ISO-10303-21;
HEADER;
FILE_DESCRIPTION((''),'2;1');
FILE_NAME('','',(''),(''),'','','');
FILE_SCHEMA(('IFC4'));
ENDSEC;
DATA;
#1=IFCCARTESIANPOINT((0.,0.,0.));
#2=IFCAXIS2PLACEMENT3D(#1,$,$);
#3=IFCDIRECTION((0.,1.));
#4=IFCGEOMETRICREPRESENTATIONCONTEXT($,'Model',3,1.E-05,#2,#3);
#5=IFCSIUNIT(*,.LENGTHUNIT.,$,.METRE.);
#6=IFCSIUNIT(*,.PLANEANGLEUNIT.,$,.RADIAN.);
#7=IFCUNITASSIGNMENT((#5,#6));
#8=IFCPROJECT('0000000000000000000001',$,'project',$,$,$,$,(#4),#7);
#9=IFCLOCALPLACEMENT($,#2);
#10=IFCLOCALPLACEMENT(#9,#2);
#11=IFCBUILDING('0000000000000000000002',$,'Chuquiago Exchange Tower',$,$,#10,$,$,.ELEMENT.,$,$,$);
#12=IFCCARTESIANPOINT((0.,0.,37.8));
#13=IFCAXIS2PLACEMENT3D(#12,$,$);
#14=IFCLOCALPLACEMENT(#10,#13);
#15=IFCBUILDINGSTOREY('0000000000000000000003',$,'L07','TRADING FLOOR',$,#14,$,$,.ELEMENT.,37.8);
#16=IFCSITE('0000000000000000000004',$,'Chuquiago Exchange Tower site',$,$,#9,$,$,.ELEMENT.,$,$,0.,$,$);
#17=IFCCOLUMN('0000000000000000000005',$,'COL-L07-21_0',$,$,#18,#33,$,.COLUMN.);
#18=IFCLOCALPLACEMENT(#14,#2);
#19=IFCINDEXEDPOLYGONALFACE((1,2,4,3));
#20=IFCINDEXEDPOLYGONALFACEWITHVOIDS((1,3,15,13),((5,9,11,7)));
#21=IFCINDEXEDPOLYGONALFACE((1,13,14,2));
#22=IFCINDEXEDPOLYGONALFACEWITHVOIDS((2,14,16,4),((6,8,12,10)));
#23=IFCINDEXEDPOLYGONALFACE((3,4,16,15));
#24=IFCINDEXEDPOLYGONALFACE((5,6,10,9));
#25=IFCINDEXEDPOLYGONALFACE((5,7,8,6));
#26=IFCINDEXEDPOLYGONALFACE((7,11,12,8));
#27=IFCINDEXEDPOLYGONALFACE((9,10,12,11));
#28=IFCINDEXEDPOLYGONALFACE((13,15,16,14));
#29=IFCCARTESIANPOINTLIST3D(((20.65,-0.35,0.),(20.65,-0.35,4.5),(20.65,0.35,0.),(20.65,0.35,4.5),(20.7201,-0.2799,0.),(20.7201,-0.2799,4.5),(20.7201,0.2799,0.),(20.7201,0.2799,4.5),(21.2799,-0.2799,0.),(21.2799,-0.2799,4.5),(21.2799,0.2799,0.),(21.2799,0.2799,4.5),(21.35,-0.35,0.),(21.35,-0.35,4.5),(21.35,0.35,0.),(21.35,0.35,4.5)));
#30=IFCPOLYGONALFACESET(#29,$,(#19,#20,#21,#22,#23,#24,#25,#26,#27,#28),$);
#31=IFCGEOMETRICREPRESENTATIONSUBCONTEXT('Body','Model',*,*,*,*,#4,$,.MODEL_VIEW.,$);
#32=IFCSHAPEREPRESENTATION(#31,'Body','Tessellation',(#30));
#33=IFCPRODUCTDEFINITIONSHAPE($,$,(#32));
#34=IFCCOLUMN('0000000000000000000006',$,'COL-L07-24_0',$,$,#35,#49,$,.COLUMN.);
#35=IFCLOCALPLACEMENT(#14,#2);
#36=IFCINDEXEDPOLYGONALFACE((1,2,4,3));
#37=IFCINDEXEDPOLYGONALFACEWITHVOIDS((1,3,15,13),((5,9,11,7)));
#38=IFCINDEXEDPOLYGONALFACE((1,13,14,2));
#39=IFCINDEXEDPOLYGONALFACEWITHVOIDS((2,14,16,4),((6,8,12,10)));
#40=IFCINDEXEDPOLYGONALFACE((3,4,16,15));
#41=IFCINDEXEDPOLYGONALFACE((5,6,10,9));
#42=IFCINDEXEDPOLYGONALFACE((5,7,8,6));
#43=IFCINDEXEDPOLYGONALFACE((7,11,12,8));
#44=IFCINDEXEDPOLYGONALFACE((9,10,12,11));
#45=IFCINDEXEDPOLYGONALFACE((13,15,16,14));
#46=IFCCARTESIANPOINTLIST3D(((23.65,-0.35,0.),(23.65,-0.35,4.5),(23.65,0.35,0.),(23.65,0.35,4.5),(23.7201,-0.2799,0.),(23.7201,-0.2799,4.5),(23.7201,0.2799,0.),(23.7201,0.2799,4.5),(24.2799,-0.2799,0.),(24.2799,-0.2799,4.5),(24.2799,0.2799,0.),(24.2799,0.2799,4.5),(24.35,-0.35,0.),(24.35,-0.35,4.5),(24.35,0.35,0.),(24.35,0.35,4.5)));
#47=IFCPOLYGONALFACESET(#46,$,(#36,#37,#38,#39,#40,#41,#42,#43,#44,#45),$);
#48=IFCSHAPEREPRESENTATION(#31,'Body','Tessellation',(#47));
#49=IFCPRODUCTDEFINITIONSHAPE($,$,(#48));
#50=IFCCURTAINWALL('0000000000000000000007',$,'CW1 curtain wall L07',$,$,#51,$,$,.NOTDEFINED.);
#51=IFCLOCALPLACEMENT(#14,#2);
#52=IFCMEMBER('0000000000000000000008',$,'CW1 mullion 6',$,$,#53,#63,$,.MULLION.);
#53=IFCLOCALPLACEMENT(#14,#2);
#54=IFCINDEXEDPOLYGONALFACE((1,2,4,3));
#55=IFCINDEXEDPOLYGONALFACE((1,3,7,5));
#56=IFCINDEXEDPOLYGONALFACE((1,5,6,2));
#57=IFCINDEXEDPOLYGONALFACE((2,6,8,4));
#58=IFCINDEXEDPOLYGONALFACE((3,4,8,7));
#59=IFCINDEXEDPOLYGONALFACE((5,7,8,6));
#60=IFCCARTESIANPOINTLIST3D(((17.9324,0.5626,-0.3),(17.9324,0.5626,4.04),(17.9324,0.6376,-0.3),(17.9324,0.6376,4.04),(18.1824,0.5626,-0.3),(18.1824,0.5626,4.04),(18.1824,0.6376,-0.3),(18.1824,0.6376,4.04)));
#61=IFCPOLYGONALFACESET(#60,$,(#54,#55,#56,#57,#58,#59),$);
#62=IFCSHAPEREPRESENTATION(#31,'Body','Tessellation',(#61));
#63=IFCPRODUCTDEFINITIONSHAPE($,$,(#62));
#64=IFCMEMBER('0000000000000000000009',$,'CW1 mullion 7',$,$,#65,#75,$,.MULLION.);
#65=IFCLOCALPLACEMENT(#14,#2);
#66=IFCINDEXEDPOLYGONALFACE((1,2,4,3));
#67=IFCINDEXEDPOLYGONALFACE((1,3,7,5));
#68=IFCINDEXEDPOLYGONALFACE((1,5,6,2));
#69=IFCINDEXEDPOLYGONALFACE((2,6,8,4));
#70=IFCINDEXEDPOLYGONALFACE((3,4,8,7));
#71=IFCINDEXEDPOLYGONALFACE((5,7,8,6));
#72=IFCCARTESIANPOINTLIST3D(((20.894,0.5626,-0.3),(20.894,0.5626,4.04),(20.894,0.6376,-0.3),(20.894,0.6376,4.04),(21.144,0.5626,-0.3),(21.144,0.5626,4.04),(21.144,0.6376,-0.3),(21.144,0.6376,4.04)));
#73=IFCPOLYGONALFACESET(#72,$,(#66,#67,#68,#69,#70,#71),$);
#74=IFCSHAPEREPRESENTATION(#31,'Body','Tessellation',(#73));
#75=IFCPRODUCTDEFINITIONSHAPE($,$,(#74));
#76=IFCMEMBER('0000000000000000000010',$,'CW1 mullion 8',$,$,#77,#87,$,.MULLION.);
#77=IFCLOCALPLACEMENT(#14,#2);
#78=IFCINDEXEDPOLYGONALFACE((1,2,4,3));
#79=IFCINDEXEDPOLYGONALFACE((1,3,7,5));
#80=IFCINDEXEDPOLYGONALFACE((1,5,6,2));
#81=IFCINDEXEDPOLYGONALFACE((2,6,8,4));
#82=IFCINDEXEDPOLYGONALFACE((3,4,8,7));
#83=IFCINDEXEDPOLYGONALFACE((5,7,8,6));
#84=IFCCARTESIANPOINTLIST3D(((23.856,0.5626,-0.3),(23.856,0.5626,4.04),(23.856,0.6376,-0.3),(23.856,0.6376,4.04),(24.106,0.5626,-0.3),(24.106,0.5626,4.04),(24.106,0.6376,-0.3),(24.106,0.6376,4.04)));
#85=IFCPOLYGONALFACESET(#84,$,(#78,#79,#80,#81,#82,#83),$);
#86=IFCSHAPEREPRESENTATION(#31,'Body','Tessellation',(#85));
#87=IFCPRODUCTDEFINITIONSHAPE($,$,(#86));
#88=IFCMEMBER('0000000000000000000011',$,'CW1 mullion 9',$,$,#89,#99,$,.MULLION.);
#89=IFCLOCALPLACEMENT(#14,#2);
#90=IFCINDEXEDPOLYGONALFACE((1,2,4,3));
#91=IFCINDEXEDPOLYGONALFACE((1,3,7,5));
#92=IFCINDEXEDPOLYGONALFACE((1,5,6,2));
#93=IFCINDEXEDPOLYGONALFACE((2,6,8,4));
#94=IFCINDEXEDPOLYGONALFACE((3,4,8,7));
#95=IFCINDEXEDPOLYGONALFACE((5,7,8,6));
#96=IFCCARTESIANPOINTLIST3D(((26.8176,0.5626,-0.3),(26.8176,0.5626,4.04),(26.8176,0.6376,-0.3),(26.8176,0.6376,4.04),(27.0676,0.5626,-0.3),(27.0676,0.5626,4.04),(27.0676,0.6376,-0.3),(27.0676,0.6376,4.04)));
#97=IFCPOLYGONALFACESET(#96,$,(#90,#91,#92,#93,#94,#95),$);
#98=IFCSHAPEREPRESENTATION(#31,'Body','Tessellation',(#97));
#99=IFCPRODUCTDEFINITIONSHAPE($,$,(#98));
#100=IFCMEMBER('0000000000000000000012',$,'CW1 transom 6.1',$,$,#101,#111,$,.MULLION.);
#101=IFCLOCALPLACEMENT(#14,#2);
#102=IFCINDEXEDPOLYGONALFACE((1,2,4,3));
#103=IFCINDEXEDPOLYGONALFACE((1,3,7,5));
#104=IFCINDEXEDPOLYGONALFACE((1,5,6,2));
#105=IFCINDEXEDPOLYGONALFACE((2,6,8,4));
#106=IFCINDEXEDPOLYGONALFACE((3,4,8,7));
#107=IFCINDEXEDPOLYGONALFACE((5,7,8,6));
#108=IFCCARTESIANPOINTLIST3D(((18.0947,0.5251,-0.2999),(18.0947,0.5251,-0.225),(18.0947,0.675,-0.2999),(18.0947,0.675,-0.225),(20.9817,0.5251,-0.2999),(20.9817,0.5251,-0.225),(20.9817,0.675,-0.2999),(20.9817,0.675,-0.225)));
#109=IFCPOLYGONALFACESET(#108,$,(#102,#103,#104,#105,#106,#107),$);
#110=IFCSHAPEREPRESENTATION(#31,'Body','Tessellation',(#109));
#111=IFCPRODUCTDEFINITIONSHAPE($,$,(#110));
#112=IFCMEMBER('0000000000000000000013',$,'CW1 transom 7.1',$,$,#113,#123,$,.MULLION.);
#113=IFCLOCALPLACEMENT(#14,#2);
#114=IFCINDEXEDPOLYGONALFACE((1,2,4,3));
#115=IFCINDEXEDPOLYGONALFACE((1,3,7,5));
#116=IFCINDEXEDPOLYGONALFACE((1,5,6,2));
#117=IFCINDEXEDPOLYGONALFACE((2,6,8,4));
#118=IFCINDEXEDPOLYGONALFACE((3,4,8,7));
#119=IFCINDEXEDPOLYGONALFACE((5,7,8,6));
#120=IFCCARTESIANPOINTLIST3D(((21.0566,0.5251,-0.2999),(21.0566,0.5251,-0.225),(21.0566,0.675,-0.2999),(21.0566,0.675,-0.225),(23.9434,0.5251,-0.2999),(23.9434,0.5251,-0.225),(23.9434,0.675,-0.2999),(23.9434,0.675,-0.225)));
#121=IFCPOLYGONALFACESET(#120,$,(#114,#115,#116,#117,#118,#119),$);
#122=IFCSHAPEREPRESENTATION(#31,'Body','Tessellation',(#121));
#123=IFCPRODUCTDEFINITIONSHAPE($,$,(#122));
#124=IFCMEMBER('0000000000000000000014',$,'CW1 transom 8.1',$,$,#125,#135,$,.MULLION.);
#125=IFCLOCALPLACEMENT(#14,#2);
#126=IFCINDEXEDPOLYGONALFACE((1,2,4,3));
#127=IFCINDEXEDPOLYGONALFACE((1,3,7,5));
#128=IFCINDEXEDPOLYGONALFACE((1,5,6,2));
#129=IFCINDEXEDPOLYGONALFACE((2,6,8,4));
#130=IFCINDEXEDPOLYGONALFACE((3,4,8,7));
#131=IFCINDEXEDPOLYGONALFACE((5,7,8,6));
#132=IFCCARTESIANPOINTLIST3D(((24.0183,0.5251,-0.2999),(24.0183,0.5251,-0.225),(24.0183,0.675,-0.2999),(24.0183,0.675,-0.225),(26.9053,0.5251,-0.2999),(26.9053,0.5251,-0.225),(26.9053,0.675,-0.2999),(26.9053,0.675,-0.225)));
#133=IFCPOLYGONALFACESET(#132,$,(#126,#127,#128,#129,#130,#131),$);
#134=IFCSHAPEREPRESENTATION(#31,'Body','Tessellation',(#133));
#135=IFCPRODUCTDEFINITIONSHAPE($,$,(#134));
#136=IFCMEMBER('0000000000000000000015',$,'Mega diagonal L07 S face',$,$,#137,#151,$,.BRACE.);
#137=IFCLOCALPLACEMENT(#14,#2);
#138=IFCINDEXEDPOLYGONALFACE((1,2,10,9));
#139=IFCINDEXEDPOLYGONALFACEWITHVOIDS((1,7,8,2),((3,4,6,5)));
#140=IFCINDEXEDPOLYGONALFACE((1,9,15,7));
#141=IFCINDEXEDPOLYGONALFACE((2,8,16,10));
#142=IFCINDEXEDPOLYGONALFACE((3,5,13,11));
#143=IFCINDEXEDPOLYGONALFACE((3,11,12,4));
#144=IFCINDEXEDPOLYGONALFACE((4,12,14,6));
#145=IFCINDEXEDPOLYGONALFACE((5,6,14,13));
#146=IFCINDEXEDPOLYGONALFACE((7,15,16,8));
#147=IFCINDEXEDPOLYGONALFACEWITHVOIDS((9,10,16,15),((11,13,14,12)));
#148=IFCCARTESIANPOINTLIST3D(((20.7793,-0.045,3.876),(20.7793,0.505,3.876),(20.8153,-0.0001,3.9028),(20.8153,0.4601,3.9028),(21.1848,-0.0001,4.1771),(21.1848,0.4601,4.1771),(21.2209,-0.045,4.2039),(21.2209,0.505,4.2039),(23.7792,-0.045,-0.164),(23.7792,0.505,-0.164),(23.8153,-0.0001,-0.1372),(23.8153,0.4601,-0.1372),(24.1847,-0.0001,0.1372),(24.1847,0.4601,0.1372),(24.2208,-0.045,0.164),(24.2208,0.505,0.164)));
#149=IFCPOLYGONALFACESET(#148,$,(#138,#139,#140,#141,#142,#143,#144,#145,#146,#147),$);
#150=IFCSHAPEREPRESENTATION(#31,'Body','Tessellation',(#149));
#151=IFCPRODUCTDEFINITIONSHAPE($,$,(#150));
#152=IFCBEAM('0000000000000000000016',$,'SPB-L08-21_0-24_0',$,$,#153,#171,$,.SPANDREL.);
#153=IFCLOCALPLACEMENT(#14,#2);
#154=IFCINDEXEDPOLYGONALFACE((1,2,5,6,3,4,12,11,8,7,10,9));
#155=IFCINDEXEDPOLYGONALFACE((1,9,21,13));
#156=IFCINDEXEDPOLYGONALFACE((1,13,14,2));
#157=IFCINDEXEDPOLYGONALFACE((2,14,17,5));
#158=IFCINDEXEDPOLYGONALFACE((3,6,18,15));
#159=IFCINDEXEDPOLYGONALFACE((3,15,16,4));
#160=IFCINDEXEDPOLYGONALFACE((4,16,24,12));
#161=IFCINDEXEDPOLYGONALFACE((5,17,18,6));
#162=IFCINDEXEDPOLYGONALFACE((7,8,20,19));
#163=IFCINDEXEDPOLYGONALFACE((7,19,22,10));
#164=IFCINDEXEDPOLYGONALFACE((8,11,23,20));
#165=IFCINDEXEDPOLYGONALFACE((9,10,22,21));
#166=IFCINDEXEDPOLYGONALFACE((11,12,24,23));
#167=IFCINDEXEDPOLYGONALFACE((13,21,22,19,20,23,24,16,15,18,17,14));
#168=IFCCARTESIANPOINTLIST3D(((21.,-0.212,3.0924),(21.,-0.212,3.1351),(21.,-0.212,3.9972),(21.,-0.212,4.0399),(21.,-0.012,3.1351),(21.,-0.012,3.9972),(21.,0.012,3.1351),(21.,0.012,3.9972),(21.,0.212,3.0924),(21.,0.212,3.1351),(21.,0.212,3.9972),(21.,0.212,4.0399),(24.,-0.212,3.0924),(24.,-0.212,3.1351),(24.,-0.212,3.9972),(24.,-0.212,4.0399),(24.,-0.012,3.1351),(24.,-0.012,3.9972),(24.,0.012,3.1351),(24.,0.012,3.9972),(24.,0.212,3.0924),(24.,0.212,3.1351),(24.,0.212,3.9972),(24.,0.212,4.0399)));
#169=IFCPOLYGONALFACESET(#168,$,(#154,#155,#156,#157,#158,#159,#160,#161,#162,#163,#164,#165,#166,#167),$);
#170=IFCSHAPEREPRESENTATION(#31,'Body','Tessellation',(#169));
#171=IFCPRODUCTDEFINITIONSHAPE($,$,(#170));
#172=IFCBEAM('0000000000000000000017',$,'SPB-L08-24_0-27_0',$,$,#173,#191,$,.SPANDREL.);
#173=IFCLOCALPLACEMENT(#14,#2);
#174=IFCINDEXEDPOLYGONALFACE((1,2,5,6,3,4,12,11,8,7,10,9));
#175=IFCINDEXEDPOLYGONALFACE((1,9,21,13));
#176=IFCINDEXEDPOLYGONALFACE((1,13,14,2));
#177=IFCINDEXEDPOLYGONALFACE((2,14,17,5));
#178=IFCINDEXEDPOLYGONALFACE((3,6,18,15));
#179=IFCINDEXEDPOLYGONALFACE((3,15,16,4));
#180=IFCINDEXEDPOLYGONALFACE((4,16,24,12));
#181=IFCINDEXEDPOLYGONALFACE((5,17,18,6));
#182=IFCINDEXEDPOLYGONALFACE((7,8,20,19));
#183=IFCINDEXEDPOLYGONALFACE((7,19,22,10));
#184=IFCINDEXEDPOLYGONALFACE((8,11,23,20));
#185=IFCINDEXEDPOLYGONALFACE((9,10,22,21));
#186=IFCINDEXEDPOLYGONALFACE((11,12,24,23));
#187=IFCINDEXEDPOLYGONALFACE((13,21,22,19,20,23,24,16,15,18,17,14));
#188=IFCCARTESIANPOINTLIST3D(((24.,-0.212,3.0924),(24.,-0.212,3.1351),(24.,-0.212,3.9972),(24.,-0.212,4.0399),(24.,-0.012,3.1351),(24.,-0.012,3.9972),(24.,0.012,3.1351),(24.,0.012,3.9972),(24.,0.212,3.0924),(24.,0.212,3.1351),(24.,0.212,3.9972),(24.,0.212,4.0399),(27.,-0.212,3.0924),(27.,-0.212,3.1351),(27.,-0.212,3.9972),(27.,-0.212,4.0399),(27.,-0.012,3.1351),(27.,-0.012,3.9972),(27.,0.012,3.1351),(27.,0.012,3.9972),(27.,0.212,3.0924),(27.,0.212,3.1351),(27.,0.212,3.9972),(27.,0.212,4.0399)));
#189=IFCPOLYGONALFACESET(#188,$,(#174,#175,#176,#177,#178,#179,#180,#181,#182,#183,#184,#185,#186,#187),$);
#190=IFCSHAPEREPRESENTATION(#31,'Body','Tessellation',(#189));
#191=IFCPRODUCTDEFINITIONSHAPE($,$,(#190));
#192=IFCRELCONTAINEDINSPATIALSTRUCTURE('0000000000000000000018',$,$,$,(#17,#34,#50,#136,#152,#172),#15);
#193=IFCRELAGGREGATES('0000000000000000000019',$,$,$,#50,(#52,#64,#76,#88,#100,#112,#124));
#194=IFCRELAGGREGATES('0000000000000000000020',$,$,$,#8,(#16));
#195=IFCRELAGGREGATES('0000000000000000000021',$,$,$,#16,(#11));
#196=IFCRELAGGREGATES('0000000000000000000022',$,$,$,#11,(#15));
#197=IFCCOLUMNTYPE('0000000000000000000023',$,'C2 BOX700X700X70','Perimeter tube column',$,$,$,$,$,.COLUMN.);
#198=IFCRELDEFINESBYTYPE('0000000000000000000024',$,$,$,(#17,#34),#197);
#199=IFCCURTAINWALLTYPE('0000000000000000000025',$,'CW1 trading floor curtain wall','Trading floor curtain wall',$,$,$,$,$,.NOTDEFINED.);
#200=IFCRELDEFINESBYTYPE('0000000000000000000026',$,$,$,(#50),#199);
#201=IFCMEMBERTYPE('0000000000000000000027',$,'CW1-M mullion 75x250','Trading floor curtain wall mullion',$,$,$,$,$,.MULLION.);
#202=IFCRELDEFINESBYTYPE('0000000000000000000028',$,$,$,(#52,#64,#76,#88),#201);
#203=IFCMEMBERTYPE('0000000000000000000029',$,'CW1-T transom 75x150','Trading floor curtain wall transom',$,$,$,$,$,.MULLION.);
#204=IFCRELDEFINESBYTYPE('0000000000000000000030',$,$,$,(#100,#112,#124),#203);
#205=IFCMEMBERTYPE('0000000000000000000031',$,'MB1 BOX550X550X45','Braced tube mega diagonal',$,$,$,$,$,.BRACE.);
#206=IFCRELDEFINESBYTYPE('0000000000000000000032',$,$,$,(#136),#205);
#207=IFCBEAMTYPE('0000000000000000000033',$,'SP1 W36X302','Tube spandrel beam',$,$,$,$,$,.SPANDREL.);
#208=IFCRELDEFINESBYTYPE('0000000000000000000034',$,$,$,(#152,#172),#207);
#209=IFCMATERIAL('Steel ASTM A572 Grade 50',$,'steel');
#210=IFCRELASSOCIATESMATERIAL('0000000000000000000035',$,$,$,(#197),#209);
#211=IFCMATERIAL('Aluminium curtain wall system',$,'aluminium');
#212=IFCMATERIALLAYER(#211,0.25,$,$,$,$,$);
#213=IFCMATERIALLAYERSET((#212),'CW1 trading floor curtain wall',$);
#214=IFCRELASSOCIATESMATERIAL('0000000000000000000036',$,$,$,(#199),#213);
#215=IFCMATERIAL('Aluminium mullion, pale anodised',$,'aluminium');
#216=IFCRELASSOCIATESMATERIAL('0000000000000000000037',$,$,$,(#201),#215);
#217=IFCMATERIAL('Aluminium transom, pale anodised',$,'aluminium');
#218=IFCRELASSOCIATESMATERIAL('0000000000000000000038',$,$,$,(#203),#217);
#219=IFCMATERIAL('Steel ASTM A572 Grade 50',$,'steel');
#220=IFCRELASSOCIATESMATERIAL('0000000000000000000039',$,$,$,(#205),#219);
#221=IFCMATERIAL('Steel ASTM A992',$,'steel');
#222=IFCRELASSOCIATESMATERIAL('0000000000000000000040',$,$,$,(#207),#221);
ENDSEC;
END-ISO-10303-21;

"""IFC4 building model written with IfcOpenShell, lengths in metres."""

from ifc_helpers import new_model, si_unit, direction, frame, origin, origin_2d, place, context, subcontext, project, spatial, rectangle, hollow_rectangle, i_section, extrude, material, layer, layer_set, material_profile, profile_set, type_object, element, aggregate, save


model = new_model("IFC4")

# Units and contexts
model_context = context("Model", 3, precision=1e-05, world=origin(), true_north=direction((0.0, 1.0)))
body_context = subcontext(model_context, "Body", "Model", "MODEL_VIEW")
ifc_project = project(units=[si_unit("LENGTHUNIT", "METRE"), si_unit("PLANEANGLEUNIT", "RADIAN")], contexts=[model_context])

# Site, building, storey
site_placement = place(None, origin())
site = spatial("IfcSite", under=ifc_project, at=site_placement, Name="Chuquiago Exchange Tower site", CompositionType="ELEMENT", RefElevation=0.0)
building_placement = place(site_placement, origin())
building = spatial("IfcBuilding", under=site, at=building_placement, Name="Chuquiago Exchange Tower", CompositionType="ELEMENT")
storey_placement = place(building_placement, frame((0.0, 0.0, 37.8)))
storey = spatial("IfcBuildingStorey", under=building, at=storey_placement, Name="L07", Description="TRADING FLOOR", CompositionType="ELEMENT", Elevation=37.8)

# Columns
ifc_material_1 = material(Name="Steel ASTM A572 Grade 50", Category="steel")
ifc_material_profile_1 = material_profile(ifc_material_1, hollow_rectangle(XDim=0.7, YDim=0.7, WallThickness=0.0701, at=origin_2d()), Name="BOX700X700X70")
ifc_profile_set_1 = profile_set([ifc_material_profile_1], Name="Steel ASTM A572 Grade 50")
column_type = type_object("IfcColumnType", Name="C2 BOX700X700X70", Description="Perimeter tube column", PredefinedType="COLUMN", material=ifc_profile_set_1)
for number, where, z_axis, x_axis, name in (
    (1, (21.0, 0.0, 0.0), (0.0, 0.0, 1.0), (0.0, -1.0, 0.0), "COL-L07-21_0"),
    (2, (24.0, 0.0, 0.0), (0.0, 0.0, 1.0), (0.0, -1.0, 0.0), "COL-L07-24_0"),
):
    element("IfcColumn", number, at=place(storey_placement, frame(where, z_axis=z_axis, x_axis=x_axis)), inside=storey, type_object=column_type, Name=name, PredefinedType="COLUMN", context=body_context, shape_type="SweptSolid", body=[
        extrude(hollow_rectangle(XDim=0.7, YDim=0.7, WallThickness=0.0701, at=origin_2d()), origin(), (0.0, 0.0, 1.0), 4.5),
    ])

# Curtain wall, members
ifc_material_2 = material(Name="Aluminium curtain wall system", Category="aluminium")
ifc_layer_1 = layer(ifc_material_2, 0.25)
ifc_layer_set_1 = layer_set([ifc_layer_1], Name="CW1 trading floor curtain wall")
curtain_wall_type = type_object("IfcCurtainWallType", Name="CW1 trading floor curtain wall", Description="Trading floor curtain wall", PredefinedType="NOTDEFINED", material=ifc_layer_set_1)
curtain_wall_placement = place(storey_placement, origin())
curtain_wall = element("IfcCurtainWall", 3, at=curtain_wall_placement, inside=storey, type_object=curtain_wall_type, Name="CW1 curtain wall L07", PredefinedType="NOTDEFINED")
ifc_material_3 = material(Name="Aluminium mullion, pale anodised", Category="aluminium")
ifc_material_profile_2 = material_profile(ifc_material_3, rectangle(XDim=0.075, YDim=0.25, at=origin_2d()), Name="AL 75x250")
ifc_profile_set_2 = profile_set([ifc_material_profile_2], Name="Aluminium mullion, pale anodised")
member_type_1 = type_object("IfcMemberType", Name="CW1-M mullion 75x250", Description="Trading floor curtain wall mullion", PredefinedType="MULLION", material=ifc_profile_set_2)
member_1_placement = place(storey_placement, frame((18.0574, 0.6001, -0.3), z_axis=(0.0, 0.0, 1.0), x_axis=(0.0, 1.0, 0.0)))
member_1 = element("IfcMember", 4, at=member_1_placement, type_object=member_type_1, Name="CW1 mullion 6", PredefinedType="MULLION", context=body_context, shape_type="SweptSolid", body=[
    extrude(rectangle(XDim=0.075, YDim=0.25, at=origin_2d()), origin(), (0.0, 0.0, 1.0), 4.3401),
])
member_2_placement = place(storey_placement, frame((21.019, 0.6001, -0.3), z_axis=(0.0, 0.0, 1.0), x_axis=(0.0, 1.0, 0.0)))
member_2 = element("IfcMember", 5, at=member_2_placement, type_object=member_type_1, Name="CW1 mullion 7", PredefinedType="MULLION", context=body_context, shape_type="SweptSolid", body=[
    extrude(rectangle(XDim=0.075, YDim=0.25, at=origin_2d()), origin(), (0.0, 0.0, 1.0), 4.3401),
])
member_3_placement = place(storey_placement, frame((23.981, 0.6001, -0.3), z_axis=(0.0, 0.0, 1.0), x_axis=(0.0, 1.0, 0.0)))
member_3 = element("IfcMember", 6, at=member_3_placement, type_object=member_type_1, Name="CW1 mullion 8", PredefinedType="MULLION", context=body_context, shape_type="SweptSolid", body=[
    extrude(rectangle(XDim=0.075, YDim=0.25, at=origin_2d()), origin(), (0.0, 0.0, 1.0), 4.3401),
])
member_4_placement = place(storey_placement, frame((26.9426, 0.6001, -0.3), z_axis=(0.0, 0.0, 1.0), x_axis=(0.0, 1.0, 0.0)))
member_4 = element("IfcMember", 7, at=member_4_placement, type_object=member_type_1, Name="CW1 mullion 9", PredefinedType="MULLION", context=body_context, shape_type="SweptSolid", body=[
    extrude(rectangle(XDim=0.075, YDim=0.25, at=origin_2d()), origin(), (0.0, 0.0, 1.0), 4.3401),
])
ifc_material_4 = material(Name="Aluminium transom, pale anodised", Category="aluminium")
ifc_material_profile_3 = material_profile(ifc_material_4, rectangle(XDim=0.1499, YDim=0.075, at=origin_2d()), Name="AL 150x75")
ifc_profile_set_3 = profile_set([ifc_material_profile_3], Name="Aluminium transom, pale anodised")
member_type_2 = type_object("IfcMemberType", Name="CW1-T transom 75x150", Description="Trading floor curtain wall transom", PredefinedType="MULLION", material=ifc_profile_set_3)
member_5_placement = place(storey_placement, frame((18.0947, 0.6001, -0.2625), z_axis=(1.0, 0.0, 0.0), x_axis=(0.0, 1.0, 0.0)))
member_5 = element("IfcMember", 8, at=member_5_placement, type_object=member_type_2, Name="CW1 transom 6.1", PredefinedType="MULLION", context=body_context, shape_type="SweptSolid", body=[
    extrude(rectangle(XDim=0.1499, YDim=0.075, at=origin_2d()), origin(), (0.0, 0.0, 1.0), 2.887),
])
member_6_placement = place(storey_placement, frame((21.0566, 0.6001, -0.2625), z_axis=(1.0, 0.0, 0.0), x_axis=(0.0, 1.0, 0.0)))
member_6 = element("IfcMember", 9, at=member_6_placement, type_object=member_type_2, Name="CW1 transom 7.1", PredefinedType="MULLION", context=body_context, shape_type="SweptSolid", body=[
    extrude(rectangle(XDim=0.1499, YDim=0.075, at=origin_2d()), origin(), (0.0, 0.0, 1.0), 2.8867),
])
member_7_placement = place(storey_placement, frame((24.0183, 0.6001, -0.2625), z_axis=(1.0, 0.0, 0.0), x_axis=(0.0, 1.0, 0.0)))
member_7 = element("IfcMember", 10, at=member_7_placement, type_object=member_type_2, Name="CW1 transom 8.1", PredefinedType="MULLION", context=body_context, shape_type="SweptSolid", body=[
    extrude(rectangle(XDim=0.1499, YDim=0.075, at=origin_2d()), origin(), (0.0, 0.0, 1.0), 2.887),
])

# Member
ifc_material_5 = material(Name="Steel ASTM A572 Grade 50", Category="steel")
ifc_material_profile_4 = material_profile(ifc_material_5, hollow_rectangle(XDim=0.55, YDim=0.55, WallThickness=0.0449, at=origin_2d()), Name="BOX550X550X45")
ifc_profile_set_4 = profile_set([ifc_material_profile_4], Name="Steel ASTM A572 Grade 50")
member_type_3 = type_object("IfcMemberType", Name="MB1 BOX550X550X45", Description="Braced tube mega diagonal", PredefinedType="BRACE", material=ifc_profile_set_4)
member_8_placement = place(storey_placement, frame((24.0, 0.23, 0.0), z_axis=(-0.596174, 0.0, 0.802855), x_axis=(0.0, -1.0, 0.0)))
element("IfcMember", 11, at=member_8_placement, inside=storey, type_object=member_type_3, Name="Mega diagonal L07 S face", PredefinedType="BRACE", context=body_context, shape_type="SweptSolid", body=[
    extrude(hollow_rectangle(XDim=0.55, YDim=0.55, WallThickness=0.0449, at=origin_2d()), origin(), (0.0, 0.0, 1.0), 5.032),
])

# Beams
ifc_material_6 = material(Name="Steel ASTM A992", Category="steel")
ifc_material_profile_5 = material_profile(ifc_material_6, i_section(OverallWidth=0.4241, OverallDepth=0.9475, WebThickness=0.0239, FlangeThickness=0.0427, at=origin_2d()), Name="W36X302")
ifc_profile_set_5 = profile_set([ifc_material_profile_5], Name="Steel ASTM A992")
beam_type = type_object("IfcBeamType", Name="SP1 W36X302", Description="Tube spandrel beam", PredefinedType="SPANDREL", material=ifc_profile_set_5)
for number, where, z_axis, x_axis, name in (
    (12, (21.0, 0.0, 3.5662), (1.0, 0.0, 0.0), (0.0, 1.0, 0.0), "SPB-L08-21_0-24_0"),
    (13, (24.0, 0.0, 3.5662), (1.0, 0.0, 0.0), (0.0, 1.0, 0.0), "SPB-L08-24_0-27_0"),
):
    element("IfcBeam", number, at=place(storey_placement, frame(where, z_axis=z_axis, x_axis=x_axis)), inside=storey, type_object=beam_type, Name=name, PredefinedType="SPANDREL", context=body_context, shape_type="SweptSolid", body=[
        extrude(i_section(OverallWidth=0.4241, OverallDepth=0.9475, WebThickness=0.0239, FlangeThickness=0.0427, at=origin_2d()), origin(), (0.0, 0.0, 1.0), 3.0),
    ])

aggregate(curtain_wall, [member_1, member_2, member_3, member_4, member_5, member_6, member_7])

save(model, "model.ifc")
